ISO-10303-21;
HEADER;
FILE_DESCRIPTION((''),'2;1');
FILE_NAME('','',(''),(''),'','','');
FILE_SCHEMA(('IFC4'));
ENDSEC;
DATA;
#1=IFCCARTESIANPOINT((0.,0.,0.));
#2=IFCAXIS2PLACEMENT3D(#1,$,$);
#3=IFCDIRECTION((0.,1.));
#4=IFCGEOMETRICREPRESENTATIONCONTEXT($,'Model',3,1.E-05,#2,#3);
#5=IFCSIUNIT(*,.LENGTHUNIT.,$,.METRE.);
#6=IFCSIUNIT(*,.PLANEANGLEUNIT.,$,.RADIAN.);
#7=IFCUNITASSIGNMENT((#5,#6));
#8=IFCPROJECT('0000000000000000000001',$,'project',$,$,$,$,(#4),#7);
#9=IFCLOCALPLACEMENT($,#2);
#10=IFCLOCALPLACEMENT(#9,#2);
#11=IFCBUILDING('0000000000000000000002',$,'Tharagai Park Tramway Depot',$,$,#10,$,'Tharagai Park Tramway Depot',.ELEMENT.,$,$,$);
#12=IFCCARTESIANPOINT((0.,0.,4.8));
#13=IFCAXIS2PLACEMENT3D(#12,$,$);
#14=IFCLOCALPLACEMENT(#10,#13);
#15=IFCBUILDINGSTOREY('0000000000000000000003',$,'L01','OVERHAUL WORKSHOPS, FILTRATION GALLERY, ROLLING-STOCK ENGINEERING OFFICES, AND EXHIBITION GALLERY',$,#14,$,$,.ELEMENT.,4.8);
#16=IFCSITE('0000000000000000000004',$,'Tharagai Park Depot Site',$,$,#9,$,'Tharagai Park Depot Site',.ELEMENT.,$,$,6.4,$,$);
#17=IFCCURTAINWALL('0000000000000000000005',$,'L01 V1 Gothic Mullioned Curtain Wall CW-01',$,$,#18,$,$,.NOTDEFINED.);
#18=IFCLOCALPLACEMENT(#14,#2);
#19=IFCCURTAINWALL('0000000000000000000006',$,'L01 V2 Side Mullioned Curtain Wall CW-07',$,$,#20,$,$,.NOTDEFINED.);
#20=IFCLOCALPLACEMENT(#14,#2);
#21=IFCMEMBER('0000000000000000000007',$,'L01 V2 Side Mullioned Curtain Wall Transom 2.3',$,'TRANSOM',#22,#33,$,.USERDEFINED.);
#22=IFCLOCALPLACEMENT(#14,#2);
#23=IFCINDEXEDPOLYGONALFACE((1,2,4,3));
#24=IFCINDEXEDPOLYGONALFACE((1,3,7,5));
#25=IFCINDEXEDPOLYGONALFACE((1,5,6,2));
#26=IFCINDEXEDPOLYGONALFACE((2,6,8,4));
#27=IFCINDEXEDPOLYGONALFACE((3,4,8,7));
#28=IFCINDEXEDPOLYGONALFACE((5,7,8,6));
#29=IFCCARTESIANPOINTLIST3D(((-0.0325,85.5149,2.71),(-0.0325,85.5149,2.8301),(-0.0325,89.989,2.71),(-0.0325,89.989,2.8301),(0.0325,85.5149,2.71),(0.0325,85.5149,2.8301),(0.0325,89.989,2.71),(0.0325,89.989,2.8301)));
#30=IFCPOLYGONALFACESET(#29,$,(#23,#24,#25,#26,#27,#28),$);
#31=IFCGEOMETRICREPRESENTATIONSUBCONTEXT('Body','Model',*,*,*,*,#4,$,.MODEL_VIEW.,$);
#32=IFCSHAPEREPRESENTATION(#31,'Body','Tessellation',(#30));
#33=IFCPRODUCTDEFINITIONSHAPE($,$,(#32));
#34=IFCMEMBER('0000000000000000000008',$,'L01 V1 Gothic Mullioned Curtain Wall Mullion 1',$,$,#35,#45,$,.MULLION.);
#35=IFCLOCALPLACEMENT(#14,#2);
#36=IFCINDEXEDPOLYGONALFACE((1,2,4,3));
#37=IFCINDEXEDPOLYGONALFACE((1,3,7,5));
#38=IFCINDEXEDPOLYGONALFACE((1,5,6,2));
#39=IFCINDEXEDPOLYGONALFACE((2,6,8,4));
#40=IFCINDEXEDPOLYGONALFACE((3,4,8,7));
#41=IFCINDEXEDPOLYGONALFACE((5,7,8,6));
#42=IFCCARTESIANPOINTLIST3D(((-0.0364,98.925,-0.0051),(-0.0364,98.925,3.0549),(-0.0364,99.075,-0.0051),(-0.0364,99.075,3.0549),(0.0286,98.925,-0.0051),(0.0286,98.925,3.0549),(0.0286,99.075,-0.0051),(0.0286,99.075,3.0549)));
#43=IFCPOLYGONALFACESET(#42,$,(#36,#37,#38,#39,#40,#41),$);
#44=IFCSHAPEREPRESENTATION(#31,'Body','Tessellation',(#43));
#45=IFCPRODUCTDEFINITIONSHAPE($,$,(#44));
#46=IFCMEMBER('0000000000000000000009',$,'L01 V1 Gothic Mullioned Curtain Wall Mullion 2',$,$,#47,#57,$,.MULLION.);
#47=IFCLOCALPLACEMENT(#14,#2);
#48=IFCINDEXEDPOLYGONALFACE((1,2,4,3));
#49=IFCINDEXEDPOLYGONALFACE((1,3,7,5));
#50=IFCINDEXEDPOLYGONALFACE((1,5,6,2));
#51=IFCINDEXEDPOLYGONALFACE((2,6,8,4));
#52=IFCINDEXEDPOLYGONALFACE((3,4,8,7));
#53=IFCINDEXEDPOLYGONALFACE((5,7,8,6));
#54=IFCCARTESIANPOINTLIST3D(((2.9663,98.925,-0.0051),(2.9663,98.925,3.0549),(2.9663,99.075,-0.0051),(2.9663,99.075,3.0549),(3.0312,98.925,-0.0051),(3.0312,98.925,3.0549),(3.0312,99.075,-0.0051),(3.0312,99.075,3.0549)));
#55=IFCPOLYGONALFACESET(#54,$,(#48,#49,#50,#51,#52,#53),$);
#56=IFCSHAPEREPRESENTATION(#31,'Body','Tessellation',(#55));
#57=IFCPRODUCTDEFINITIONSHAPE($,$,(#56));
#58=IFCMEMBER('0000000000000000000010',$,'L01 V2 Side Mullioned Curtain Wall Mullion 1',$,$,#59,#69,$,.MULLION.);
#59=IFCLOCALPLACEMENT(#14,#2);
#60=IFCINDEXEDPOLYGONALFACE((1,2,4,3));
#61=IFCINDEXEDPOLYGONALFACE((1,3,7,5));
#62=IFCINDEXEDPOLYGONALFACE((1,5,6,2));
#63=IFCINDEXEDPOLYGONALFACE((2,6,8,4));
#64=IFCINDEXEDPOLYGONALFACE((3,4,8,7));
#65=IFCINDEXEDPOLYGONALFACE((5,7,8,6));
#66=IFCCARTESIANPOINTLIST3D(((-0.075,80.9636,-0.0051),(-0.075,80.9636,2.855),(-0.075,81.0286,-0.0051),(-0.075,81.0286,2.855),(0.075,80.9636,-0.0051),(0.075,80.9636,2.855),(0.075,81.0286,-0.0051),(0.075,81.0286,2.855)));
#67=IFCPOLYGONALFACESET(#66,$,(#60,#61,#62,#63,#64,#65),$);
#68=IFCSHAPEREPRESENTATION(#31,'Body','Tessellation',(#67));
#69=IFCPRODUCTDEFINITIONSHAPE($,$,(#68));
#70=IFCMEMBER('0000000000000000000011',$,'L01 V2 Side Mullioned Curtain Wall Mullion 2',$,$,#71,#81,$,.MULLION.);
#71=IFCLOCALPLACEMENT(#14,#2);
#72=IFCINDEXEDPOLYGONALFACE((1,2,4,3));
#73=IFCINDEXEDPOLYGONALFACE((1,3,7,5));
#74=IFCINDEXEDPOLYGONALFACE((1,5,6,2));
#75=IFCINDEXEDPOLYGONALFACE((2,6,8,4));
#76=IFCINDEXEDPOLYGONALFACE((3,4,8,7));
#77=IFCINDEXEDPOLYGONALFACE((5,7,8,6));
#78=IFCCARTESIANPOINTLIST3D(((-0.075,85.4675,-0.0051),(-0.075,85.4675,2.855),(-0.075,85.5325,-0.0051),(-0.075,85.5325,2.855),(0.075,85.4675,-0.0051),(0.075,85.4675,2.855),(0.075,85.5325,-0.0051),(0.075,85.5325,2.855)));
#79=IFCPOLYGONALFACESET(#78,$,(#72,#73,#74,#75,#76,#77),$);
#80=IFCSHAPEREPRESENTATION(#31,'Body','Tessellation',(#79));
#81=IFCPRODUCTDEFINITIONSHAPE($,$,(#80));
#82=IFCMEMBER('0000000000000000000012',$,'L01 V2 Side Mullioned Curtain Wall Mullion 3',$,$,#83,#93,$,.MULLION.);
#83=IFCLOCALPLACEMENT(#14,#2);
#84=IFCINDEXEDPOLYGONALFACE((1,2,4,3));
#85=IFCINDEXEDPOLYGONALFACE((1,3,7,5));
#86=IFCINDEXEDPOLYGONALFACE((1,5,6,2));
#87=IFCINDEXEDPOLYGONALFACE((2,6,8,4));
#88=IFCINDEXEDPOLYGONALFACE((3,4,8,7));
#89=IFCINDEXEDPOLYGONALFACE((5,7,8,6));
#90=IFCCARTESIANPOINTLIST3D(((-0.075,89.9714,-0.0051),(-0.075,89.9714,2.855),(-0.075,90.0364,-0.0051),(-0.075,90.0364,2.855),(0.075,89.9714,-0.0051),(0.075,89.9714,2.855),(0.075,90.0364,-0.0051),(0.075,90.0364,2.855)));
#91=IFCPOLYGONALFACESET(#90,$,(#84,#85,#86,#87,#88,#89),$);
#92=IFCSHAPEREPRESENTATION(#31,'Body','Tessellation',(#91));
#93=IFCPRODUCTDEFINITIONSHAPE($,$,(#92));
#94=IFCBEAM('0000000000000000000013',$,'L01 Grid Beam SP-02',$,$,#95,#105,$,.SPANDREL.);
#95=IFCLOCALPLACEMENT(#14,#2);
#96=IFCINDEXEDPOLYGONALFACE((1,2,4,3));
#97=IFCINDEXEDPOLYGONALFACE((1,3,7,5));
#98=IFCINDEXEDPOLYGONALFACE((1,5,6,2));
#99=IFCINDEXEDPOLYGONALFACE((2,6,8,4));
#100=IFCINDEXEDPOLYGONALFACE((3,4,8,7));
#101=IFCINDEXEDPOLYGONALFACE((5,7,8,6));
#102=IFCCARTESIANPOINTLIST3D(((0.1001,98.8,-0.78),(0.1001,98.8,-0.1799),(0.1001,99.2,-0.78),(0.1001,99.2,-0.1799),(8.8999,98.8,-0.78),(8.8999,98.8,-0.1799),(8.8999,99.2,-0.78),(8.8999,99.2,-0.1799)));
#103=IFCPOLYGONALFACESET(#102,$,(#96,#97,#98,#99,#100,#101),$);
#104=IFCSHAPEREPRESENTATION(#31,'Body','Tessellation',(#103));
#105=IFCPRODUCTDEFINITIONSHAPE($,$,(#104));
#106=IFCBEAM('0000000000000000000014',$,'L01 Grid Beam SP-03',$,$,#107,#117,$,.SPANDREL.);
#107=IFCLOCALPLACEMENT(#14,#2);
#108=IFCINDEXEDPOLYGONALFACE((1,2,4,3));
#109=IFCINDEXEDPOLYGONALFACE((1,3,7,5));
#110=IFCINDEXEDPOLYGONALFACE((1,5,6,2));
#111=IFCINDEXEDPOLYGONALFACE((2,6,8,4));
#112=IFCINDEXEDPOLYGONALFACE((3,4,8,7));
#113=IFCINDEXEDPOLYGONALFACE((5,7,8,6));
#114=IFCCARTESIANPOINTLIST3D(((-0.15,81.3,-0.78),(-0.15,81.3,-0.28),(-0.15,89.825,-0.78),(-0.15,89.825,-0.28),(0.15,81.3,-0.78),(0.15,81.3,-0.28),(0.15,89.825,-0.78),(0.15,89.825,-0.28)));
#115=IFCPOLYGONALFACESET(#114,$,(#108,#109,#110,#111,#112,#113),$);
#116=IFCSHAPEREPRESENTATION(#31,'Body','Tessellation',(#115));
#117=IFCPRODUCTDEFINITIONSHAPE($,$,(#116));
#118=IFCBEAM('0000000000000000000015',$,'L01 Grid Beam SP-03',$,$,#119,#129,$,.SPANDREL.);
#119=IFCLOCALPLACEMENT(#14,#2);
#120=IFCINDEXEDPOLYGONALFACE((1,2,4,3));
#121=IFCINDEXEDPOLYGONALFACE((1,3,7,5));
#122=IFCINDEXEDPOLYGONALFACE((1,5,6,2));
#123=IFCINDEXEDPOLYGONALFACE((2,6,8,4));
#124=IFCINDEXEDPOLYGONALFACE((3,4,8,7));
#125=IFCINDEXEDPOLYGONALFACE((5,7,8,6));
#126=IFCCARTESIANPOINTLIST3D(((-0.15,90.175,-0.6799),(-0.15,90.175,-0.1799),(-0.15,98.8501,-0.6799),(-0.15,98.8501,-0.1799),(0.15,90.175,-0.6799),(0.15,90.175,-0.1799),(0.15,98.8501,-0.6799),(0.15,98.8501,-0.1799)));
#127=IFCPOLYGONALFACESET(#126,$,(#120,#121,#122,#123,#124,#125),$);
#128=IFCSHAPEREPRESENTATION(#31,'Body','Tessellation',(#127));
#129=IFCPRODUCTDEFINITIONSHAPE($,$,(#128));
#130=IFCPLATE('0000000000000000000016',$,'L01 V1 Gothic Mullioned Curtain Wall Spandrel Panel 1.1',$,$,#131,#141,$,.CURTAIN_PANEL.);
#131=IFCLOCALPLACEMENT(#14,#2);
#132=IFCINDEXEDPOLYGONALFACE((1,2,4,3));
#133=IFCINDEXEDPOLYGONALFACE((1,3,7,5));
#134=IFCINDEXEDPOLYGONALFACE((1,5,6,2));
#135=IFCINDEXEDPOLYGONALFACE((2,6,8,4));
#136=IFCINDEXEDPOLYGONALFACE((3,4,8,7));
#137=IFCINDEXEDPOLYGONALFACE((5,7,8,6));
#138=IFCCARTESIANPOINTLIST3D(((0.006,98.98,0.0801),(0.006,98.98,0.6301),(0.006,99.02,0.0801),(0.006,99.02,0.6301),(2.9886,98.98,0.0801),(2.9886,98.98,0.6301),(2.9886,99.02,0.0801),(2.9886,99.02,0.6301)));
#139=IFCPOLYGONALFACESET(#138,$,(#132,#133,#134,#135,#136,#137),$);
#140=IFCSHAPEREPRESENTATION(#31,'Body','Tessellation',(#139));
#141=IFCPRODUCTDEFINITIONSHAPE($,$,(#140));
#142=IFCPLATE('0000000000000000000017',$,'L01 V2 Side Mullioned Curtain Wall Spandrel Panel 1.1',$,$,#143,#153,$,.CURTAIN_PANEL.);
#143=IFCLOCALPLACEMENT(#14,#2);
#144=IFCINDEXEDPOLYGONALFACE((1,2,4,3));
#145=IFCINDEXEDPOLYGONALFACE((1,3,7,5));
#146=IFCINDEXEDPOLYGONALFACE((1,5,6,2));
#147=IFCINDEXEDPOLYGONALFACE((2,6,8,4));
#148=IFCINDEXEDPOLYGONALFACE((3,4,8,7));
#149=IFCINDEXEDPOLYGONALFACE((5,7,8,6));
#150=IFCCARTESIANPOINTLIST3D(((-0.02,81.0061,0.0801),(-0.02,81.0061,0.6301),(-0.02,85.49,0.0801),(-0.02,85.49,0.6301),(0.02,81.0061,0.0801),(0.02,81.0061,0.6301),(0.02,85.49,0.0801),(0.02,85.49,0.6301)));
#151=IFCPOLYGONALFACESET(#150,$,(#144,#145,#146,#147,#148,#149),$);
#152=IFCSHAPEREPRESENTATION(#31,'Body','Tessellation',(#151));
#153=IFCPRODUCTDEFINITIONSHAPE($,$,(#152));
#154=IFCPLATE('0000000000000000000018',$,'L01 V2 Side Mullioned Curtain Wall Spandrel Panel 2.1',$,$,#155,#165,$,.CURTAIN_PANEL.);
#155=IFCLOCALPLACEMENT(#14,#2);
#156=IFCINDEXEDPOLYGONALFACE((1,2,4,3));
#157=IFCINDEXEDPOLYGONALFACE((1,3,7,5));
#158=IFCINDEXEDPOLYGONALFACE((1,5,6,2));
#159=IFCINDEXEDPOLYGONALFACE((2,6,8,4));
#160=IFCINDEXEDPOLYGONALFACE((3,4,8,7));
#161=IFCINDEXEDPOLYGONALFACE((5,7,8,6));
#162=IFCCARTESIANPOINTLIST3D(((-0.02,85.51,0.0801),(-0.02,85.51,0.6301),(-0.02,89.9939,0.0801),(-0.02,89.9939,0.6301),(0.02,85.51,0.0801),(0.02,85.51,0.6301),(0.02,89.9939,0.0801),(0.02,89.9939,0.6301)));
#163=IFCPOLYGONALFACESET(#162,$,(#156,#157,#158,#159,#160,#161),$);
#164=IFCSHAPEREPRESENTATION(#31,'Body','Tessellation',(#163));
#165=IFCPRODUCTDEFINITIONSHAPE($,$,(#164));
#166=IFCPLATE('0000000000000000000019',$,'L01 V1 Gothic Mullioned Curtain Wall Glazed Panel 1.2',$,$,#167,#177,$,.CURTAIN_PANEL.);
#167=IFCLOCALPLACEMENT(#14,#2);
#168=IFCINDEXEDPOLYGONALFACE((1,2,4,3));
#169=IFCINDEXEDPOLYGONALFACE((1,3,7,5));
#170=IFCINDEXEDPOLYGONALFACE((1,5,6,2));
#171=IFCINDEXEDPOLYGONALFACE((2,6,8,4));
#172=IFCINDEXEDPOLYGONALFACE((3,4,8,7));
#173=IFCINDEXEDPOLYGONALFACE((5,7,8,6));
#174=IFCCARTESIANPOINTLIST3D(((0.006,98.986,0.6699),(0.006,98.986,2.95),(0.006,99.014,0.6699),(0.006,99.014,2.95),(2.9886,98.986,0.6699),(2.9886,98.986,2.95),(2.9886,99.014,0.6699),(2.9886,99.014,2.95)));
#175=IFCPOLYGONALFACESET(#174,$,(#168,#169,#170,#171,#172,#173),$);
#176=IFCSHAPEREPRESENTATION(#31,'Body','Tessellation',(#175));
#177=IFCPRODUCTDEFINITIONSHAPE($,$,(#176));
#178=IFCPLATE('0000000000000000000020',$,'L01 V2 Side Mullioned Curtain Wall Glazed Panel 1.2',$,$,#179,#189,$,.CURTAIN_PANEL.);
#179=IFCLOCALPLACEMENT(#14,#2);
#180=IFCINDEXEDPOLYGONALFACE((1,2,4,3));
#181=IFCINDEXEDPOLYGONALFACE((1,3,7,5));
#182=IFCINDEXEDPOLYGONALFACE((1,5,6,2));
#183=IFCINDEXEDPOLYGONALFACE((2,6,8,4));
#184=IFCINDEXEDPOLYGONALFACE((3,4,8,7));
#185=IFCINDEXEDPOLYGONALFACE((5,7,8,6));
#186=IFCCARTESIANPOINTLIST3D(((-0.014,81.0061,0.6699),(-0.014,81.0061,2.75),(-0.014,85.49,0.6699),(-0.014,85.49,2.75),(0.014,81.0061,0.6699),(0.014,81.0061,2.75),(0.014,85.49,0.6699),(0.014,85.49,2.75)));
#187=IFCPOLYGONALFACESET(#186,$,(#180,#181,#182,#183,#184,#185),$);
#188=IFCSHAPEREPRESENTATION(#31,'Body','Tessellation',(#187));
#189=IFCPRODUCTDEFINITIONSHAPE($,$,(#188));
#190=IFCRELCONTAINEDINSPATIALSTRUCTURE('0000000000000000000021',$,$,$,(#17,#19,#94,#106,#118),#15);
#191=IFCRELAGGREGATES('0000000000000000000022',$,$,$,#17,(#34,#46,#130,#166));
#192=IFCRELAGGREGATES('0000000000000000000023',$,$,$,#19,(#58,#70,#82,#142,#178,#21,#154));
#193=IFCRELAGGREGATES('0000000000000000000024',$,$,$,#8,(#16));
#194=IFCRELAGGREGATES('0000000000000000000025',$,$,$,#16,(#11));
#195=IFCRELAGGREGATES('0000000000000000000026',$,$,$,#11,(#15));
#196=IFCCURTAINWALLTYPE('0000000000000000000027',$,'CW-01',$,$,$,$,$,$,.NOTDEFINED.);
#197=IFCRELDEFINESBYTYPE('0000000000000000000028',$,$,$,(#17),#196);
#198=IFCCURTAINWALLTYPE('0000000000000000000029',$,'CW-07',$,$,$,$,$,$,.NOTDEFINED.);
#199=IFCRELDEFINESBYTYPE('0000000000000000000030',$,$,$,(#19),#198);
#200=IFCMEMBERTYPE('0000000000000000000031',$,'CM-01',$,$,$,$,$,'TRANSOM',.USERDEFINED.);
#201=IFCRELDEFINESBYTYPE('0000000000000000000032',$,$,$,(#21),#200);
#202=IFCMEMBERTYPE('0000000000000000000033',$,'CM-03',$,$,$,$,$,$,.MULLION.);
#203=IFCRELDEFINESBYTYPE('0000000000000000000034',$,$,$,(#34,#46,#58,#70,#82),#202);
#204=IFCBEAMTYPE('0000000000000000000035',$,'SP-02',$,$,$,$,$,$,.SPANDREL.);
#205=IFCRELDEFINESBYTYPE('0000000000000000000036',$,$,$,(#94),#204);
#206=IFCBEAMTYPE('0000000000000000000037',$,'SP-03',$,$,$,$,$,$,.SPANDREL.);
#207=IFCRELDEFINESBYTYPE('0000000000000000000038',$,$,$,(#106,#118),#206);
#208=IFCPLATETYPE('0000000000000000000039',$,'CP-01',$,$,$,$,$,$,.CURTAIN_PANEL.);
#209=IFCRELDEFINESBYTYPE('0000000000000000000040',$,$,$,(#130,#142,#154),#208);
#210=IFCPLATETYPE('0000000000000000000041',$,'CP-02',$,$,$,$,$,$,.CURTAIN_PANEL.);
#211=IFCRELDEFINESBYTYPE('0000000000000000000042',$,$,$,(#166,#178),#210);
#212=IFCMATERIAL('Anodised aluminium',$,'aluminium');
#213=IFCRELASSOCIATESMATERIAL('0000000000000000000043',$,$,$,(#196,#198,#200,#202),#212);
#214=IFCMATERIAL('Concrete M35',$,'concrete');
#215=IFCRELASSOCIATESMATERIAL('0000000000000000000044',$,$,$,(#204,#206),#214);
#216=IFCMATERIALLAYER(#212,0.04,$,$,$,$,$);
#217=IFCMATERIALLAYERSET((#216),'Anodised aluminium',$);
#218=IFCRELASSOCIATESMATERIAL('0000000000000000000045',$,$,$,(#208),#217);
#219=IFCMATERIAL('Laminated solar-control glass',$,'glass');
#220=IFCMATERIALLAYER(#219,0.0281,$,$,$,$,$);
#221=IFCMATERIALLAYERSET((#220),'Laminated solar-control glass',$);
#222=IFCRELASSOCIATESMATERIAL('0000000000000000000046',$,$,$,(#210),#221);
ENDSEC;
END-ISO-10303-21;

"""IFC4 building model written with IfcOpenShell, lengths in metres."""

from ifc_helpers import new_model, si_unit, direction, frame, origin, origin_2d, place, context, subcontext, project, spatial, rectangle, extrude, material, layer, layer_set, material_profile, profile_set, type_object, element, aggregate, save


model = new_model("IFC4")

# Units and contexts
model_context = context("Model", 3, precision=1e-05, world=origin(), true_north=direction((0.0, 1.0)))
body_context = subcontext(model_context, "Body", "Model", "MODEL_VIEW")
ifc_project = project(units=[si_unit("LENGTHUNIT", "METRE"), si_unit("PLANEANGLEUNIT", "RADIAN")], contexts=[model_context])

# Site, building, storey
site_placement = place(None, origin())
site = spatial("IfcSite", under=ifc_project, at=site_placement, Name="Tharagai Park Depot Site", LongName="Tharagai Park Depot Site", CompositionType="ELEMENT", RefElevation=6.4)
building_placement = place(site_placement, origin())
building = spatial("IfcBuilding", under=site, at=building_placement, Name="Tharagai Park Tramway Depot", LongName="Tharagai Park Tramway Depot", CompositionType="ELEMENT")
storey_placement = place(building_placement, frame((0.0, 0.0, 4.8)))
storey = spatial("IfcBuildingStorey", under=building, at=storey_placement, Name="L01", Description="OVERHAUL WORKSHOPS, FILTRATION GALLERY, ROLLING-STOCK ENGINEERING OFFICES, AND EXHIBITION GALLERY", CompositionType="ELEMENT", Elevation=4.8)

# Shared definitions
ifc_material_1 = material(Name="Concrete M35", Category="concrete")

# Curtain walls, member
ifc_material_2 = material(Name="Anodised aluminium", Category="aluminium")
curtain_wall_type_1 = type_object("IfcCurtainWallType", Name="CW-01", PredefinedType="NOTDEFINED", material=ifc_material_2)
curtain_wall_1_placement = place(storey_placement, origin())
curtain_wall_1 = element("IfcCurtainWall", 1, at=curtain_wall_1_placement, inside=storey, type_object=curtain_wall_type_1, Name="L01 V1 Gothic Mullioned Curtain Wall CW-01", PredefinedType="NOTDEFINED")
ifc_material_profile_1 = material_profile(ifc_material_2, rectangle(XDim=0.0649, YDim=0.1201, at=origin_2d()), Name="ALU 65x120")
ifc_profile_set_1 = profile_set([ifc_material_profile_1], Name="Anodised aluminium")
member_type_1 = type_object("IfcMemberType", Name="CM-01", ElementType="TRANSOM", PredefinedType="USERDEFINED", material=ifc_profile_set_1)
curtain_wall_type_2 = type_object("IfcCurtainWallType", Name="CW-07", PredefinedType="NOTDEFINED", material=ifc_material_2)
curtain_wall_2_placement = place(storey_placement, origin())
curtain_wall_2 = element("IfcCurtainWall", 2, at=curtain_wall_2_placement, inside=storey, type_object=curtain_wall_type_2, Name="L01 V2 Side Mullioned Curtain Wall CW-07", PredefinedType="NOTDEFINED")
member_1_placement = place(storey_placement, frame((0.0, 85.5149, 2.77), z_axis=(0.0, 1.0, 0.0), x_axis=(-1.0, 0.0, 0.0)))
member_1 = element("IfcMember", 3, at=member_1_placement, type_object=member_type_1, Name="L01 V2 Side Mullioned Curtain Wall Transom 2.3", ObjectType="TRANSOM", PredefinedType="USERDEFINED", context=body_context, shape_type="SweptSolid", body=[
    extrude(rectangle(XDim=0.0649, YDim=0.1201, at=origin_2d()), origin(), (0.0, 0.0, 1.0), 4.4741),
])

# Members
ifc_material_profile_2 = material_profile(ifc_material_2, rectangle(XDim=0.0649, YDim=0.1499, at=origin_2d()), Name="ALU 65x150")
ifc_profile_set_2 = profile_set([ifc_material_profile_2], Name="Anodised aluminium")
member_type_2 = type_object("IfcMemberType", Name="CM-03", PredefinedType="MULLION", material=ifc_profile_set_2)
member_2_placement = place(storey_placement, frame((-0.0039, 99.0, -0.0051), z_axis=(0.0, 0.0, 1.0), x_axis=(1.0, 0.0, 0.0)))
member_2 = element("IfcMember", 4, at=member_2_placement, type_object=member_type_2, Name="L01 V1 Gothic Mullioned Curtain Wall Mullion 1", PredefinedType="MULLION", context=body_context, shape_type="SweptSolid", body=[
    extrude(rectangle(XDim=0.0649, YDim=0.1499, at=origin_2d()), origin(), (0.0, 0.0, 1.0), 3.0601),
])
member_3_placement = place(storey_placement, frame((2.9988, 99.0, -0.0051), z_axis=(0.0, 0.0, 1.0), x_axis=(1.0, 0.0, 0.0)))
member_3 = element("IfcMember", 5, at=member_3_placement, type_object=member_type_2, Name="L01 V1 Gothic Mullioned Curtain Wall Mullion 2", PredefinedType="MULLION", context=body_context, shape_type="SweptSolid", body=[
    extrude(rectangle(XDim=0.0649, YDim=0.1499, at=origin_2d()), origin(), (0.0, 0.0, 1.0), 3.0601),
])
member_4_placement = place(storey_placement, frame((0.0, 80.9961, -0.0051), z_axis=(0.0, 0.0, 1.0), x_axis=(0.0, 1.0, 0.0)))
member_4 = element("IfcMember", 6, at=member_4_placement, type_object=member_type_2, Name="L01 V2 Side Mullioned Curtain Wall Mullion 1", PredefinedType="MULLION", context=body_context, shape_type="SweptSolid", body=[
    extrude(rectangle(XDim=0.0649, YDim=0.1499, at=origin_2d()), origin(), (0.0, 0.0, 1.0), 2.8601),
])
member_5_placement = place(storey_placement, frame((0.0, 85.5, -0.0051), z_axis=(0.0, 0.0, 1.0), x_axis=(0.0, 1.0, 0.0)))
member_5 = element("IfcMember", 7, at=member_5_placement, type_object=member_type_2, Name="L01 V2 Side Mullioned Curtain Wall Mullion 2", PredefinedType="MULLION", context=body_context, shape_type="SweptSolid", body=[
    extrude(rectangle(XDim=0.0649, YDim=0.1499, at=origin_2d()), origin(), (0.0, 0.0, 1.0), 2.8601),
])
member_6_placement = place(storey_placement, frame((0.0, 90.0039, -0.0051), z_axis=(0.0, 0.0, 1.0), x_axis=(0.0, 1.0, 0.0)))
member_6 = element("IfcMember", 8, at=member_6_placement, type_object=member_type_2, Name="L01 V2 Side Mullioned Curtain Wall Mullion 3", PredefinedType="MULLION", context=body_context, shape_type="SweptSolid", body=[
    extrude(rectangle(XDim=0.0649, YDim=0.1499, at=origin_2d()), origin(), (0.0, 0.0, 1.0), 2.8601),
])

# Beams
ifc_material_profile_3 = material_profile(ifc_material_1, rectangle(XDim=0.3999, YDim=0.6001, at=origin_2d()), Name="RC 400x600")
ifc_profile_set_3 = profile_set([ifc_material_profile_3], Name="Concrete M35")
beam_type_1 = type_object("IfcBeamType", Name="SP-02", PredefinedType="SPANDREL", material=ifc_profile_set_3)
beam_1_placement = place(storey_placement, frame((0.1001, 99.0, -0.48), z_axis=(1.0, 0.0, 0.0), x_axis=(0.0, 1.0, 0.0)))
element("IfcBeam", 9, at=beam_1_placement, inside=storey, type_object=beam_type_1, Name="L01 Grid Beam SP-02", PredefinedType="SPANDREL", context=body_context, shape_type="SweptSolid", body=[
    extrude(rectangle(XDim=0.3999, YDim=0.6001, at=origin_2d()), origin(), (0.0, 0.0, 1.0), 8.7998),
])
ifc_material_profile_4 = material_profile(ifc_material_1, rectangle(XDim=0.3, YDim=0.5, at=origin_2d()), Name="RC 300x500")
ifc_profile_set_4 = profile_set([ifc_material_profile_4], Name="Concrete M35")
beam_type_2 = type_object("IfcBeamType", Name="SP-03", PredefinedType="SPANDREL", material=ifc_profile_set_4)
beam_2_placement = place(storey_placement, frame((0.0, 81.3, -0.53), z_axis=(0.0, 1.0, 0.0), x_axis=(-1.0, 0.0, 0.0)))
element("IfcBeam", 10, at=beam_2_placement, inside=storey, type_object=beam_type_2, Name="L01 Grid Beam SP-03", PredefinedType="SPANDREL", context=body_context, shape_type="SweptSolid", body=[
    extrude(rectangle(XDim=0.3, YDim=0.5, at=origin_2d()), origin(), (0.0, 0.0, 1.0), 8.5249),
])
beam_3_placement = place(storey_placement, frame((0.0, 90.175, -0.4299), z_axis=(0.0, 1.0, 0.0), x_axis=(-1.0, 0.0, 0.0)))
element("IfcBeam", 11, at=beam_3_placement, inside=storey, type_object=beam_type_2, Name="L01 Grid Beam SP-03", PredefinedType="SPANDREL", context=body_context, shape_type="SweptSolid", body=[
    extrude(rectangle(XDim=0.3, YDim=0.5, at=origin_2d()), origin(), (0.0, 0.0, 1.0), 8.675),
])

# Plates
ifc_layer_1 = layer(ifc_material_2, 0.04)
ifc_layer_set_1 = layer_set([ifc_layer_1], Name="Anodised aluminium")
plate_type_1 = type_object("IfcPlateType", Name="CP-01", PredefinedType="CURTAIN_PANEL", material=ifc_layer_set_1)
plate_1_placement = place(storey_placement, frame((1.4973, 99.0, 0.0801), z_axis=(0.0, 0.0, 1.0), x_axis=(1.0, 0.0, 0.0)))
plate_1 = element("IfcPlate", 12, at=plate_1_placement, type_object=plate_type_1, Name="L01 V1 Gothic Mullioned Curtain Wall Spandrel Panel 1.1", PredefinedType="CURTAIN_PANEL", context=body_context, shape_type="SweptSolid", body=[
    extrude(rectangle(XDim=2.9827, YDim=0.04, at=origin_2d()), origin(), (0.0, 0.0, 1.0), 0.55),
])
plate_2_placement = place(storey_placement, frame((0.0, 83.248, 0.0801), z_axis=(0.0, 0.0, 1.0), x_axis=(0.0, 1.0, 0.0)))
plate_2 = element("IfcPlate", 13, at=plate_2_placement, type_object=plate_type_1, Name="L01 V2 Side Mullioned Curtain Wall Spandrel Panel 1.1", PredefinedType="CURTAIN_PANEL", context=body_context, shape_type="SweptSolid", body=[
    extrude(rectangle(XDim=4.4839, YDim=0.04, at=origin_2d()), origin(), (0.0, 0.0, 1.0), 0.55),
])
plate_3_placement = place(storey_placement, frame((0.0, 87.752, 0.0801), z_axis=(0.0, 0.0, 1.0), x_axis=(0.0, 1.0, 0.0)))
plate_3 = element("IfcPlate", 14, at=plate_3_placement, type_object=plate_type_1, Name="L01 V2 Side Mullioned Curtain Wall Spandrel Panel 2.1", PredefinedType="CURTAIN_PANEL", context=body_context, shape_type="SweptSolid", body=[
    extrude(rectangle(XDim=4.4839, YDim=0.04, at=origin_2d()), origin(), (0.0, 0.0, 1.0), 0.55),
])
ifc_material_3 = material(Name="Laminated solar-control glass", Category="glass")
ifc_layer_2 = layer(ifc_material_3, 0.0281)
ifc_layer_set_2 = layer_set([ifc_layer_2], Name="Laminated solar-control glass")
plate_type_2 = type_object("IfcPlateType", Name="CP-02", PredefinedType="CURTAIN_PANEL", material=ifc_layer_set_2)
plate_4_placement = place(storey_placement, frame((1.4973, 99.0, 0.6699), z_axis=(0.0, 0.0, 1.0), x_axis=(1.0, 0.0, 0.0)))
plate_4 = element("IfcPlate", 15, at=plate_4_placement, type_object=plate_type_2, Name="L01 V1 Gothic Mullioned Curtain Wall Glazed Panel 1.2", PredefinedType="CURTAIN_PANEL", context=body_context, shape_type="SweptSolid", body=[
    extrude(rectangle(XDim=2.9827, YDim=0.0281, at=origin_2d()), origin(), (0.0, 0.0, 1.0), 2.28),
])
aggregate(curtain_wall_1, [member_2, member_3, plate_1, plate_4])
plate_5_placement = place(storey_placement, frame((0.0, 83.248, 0.6699), z_axis=(0.0, 0.0, 1.0), x_axis=(0.0, 1.0, 0.0)))
plate_5 = element("IfcPlate", 16, at=plate_5_placement, type_object=plate_type_2, Name="L01 V2 Side Mullioned Curtain Wall Glazed Panel 1.2", PredefinedType="CURTAIN_PANEL", context=body_context, shape_type="SweptSolid", body=[
    extrude(rectangle(XDim=4.4839, YDim=0.0281, at=origin_2d()), origin(), (0.0, 0.0, 1.0), 2.0801),
])
aggregate(curtain_wall_2, [member_4, member_5, member_6, plate_2, plate_5, member_1, plate_3])

save(model, "model.ifc")
